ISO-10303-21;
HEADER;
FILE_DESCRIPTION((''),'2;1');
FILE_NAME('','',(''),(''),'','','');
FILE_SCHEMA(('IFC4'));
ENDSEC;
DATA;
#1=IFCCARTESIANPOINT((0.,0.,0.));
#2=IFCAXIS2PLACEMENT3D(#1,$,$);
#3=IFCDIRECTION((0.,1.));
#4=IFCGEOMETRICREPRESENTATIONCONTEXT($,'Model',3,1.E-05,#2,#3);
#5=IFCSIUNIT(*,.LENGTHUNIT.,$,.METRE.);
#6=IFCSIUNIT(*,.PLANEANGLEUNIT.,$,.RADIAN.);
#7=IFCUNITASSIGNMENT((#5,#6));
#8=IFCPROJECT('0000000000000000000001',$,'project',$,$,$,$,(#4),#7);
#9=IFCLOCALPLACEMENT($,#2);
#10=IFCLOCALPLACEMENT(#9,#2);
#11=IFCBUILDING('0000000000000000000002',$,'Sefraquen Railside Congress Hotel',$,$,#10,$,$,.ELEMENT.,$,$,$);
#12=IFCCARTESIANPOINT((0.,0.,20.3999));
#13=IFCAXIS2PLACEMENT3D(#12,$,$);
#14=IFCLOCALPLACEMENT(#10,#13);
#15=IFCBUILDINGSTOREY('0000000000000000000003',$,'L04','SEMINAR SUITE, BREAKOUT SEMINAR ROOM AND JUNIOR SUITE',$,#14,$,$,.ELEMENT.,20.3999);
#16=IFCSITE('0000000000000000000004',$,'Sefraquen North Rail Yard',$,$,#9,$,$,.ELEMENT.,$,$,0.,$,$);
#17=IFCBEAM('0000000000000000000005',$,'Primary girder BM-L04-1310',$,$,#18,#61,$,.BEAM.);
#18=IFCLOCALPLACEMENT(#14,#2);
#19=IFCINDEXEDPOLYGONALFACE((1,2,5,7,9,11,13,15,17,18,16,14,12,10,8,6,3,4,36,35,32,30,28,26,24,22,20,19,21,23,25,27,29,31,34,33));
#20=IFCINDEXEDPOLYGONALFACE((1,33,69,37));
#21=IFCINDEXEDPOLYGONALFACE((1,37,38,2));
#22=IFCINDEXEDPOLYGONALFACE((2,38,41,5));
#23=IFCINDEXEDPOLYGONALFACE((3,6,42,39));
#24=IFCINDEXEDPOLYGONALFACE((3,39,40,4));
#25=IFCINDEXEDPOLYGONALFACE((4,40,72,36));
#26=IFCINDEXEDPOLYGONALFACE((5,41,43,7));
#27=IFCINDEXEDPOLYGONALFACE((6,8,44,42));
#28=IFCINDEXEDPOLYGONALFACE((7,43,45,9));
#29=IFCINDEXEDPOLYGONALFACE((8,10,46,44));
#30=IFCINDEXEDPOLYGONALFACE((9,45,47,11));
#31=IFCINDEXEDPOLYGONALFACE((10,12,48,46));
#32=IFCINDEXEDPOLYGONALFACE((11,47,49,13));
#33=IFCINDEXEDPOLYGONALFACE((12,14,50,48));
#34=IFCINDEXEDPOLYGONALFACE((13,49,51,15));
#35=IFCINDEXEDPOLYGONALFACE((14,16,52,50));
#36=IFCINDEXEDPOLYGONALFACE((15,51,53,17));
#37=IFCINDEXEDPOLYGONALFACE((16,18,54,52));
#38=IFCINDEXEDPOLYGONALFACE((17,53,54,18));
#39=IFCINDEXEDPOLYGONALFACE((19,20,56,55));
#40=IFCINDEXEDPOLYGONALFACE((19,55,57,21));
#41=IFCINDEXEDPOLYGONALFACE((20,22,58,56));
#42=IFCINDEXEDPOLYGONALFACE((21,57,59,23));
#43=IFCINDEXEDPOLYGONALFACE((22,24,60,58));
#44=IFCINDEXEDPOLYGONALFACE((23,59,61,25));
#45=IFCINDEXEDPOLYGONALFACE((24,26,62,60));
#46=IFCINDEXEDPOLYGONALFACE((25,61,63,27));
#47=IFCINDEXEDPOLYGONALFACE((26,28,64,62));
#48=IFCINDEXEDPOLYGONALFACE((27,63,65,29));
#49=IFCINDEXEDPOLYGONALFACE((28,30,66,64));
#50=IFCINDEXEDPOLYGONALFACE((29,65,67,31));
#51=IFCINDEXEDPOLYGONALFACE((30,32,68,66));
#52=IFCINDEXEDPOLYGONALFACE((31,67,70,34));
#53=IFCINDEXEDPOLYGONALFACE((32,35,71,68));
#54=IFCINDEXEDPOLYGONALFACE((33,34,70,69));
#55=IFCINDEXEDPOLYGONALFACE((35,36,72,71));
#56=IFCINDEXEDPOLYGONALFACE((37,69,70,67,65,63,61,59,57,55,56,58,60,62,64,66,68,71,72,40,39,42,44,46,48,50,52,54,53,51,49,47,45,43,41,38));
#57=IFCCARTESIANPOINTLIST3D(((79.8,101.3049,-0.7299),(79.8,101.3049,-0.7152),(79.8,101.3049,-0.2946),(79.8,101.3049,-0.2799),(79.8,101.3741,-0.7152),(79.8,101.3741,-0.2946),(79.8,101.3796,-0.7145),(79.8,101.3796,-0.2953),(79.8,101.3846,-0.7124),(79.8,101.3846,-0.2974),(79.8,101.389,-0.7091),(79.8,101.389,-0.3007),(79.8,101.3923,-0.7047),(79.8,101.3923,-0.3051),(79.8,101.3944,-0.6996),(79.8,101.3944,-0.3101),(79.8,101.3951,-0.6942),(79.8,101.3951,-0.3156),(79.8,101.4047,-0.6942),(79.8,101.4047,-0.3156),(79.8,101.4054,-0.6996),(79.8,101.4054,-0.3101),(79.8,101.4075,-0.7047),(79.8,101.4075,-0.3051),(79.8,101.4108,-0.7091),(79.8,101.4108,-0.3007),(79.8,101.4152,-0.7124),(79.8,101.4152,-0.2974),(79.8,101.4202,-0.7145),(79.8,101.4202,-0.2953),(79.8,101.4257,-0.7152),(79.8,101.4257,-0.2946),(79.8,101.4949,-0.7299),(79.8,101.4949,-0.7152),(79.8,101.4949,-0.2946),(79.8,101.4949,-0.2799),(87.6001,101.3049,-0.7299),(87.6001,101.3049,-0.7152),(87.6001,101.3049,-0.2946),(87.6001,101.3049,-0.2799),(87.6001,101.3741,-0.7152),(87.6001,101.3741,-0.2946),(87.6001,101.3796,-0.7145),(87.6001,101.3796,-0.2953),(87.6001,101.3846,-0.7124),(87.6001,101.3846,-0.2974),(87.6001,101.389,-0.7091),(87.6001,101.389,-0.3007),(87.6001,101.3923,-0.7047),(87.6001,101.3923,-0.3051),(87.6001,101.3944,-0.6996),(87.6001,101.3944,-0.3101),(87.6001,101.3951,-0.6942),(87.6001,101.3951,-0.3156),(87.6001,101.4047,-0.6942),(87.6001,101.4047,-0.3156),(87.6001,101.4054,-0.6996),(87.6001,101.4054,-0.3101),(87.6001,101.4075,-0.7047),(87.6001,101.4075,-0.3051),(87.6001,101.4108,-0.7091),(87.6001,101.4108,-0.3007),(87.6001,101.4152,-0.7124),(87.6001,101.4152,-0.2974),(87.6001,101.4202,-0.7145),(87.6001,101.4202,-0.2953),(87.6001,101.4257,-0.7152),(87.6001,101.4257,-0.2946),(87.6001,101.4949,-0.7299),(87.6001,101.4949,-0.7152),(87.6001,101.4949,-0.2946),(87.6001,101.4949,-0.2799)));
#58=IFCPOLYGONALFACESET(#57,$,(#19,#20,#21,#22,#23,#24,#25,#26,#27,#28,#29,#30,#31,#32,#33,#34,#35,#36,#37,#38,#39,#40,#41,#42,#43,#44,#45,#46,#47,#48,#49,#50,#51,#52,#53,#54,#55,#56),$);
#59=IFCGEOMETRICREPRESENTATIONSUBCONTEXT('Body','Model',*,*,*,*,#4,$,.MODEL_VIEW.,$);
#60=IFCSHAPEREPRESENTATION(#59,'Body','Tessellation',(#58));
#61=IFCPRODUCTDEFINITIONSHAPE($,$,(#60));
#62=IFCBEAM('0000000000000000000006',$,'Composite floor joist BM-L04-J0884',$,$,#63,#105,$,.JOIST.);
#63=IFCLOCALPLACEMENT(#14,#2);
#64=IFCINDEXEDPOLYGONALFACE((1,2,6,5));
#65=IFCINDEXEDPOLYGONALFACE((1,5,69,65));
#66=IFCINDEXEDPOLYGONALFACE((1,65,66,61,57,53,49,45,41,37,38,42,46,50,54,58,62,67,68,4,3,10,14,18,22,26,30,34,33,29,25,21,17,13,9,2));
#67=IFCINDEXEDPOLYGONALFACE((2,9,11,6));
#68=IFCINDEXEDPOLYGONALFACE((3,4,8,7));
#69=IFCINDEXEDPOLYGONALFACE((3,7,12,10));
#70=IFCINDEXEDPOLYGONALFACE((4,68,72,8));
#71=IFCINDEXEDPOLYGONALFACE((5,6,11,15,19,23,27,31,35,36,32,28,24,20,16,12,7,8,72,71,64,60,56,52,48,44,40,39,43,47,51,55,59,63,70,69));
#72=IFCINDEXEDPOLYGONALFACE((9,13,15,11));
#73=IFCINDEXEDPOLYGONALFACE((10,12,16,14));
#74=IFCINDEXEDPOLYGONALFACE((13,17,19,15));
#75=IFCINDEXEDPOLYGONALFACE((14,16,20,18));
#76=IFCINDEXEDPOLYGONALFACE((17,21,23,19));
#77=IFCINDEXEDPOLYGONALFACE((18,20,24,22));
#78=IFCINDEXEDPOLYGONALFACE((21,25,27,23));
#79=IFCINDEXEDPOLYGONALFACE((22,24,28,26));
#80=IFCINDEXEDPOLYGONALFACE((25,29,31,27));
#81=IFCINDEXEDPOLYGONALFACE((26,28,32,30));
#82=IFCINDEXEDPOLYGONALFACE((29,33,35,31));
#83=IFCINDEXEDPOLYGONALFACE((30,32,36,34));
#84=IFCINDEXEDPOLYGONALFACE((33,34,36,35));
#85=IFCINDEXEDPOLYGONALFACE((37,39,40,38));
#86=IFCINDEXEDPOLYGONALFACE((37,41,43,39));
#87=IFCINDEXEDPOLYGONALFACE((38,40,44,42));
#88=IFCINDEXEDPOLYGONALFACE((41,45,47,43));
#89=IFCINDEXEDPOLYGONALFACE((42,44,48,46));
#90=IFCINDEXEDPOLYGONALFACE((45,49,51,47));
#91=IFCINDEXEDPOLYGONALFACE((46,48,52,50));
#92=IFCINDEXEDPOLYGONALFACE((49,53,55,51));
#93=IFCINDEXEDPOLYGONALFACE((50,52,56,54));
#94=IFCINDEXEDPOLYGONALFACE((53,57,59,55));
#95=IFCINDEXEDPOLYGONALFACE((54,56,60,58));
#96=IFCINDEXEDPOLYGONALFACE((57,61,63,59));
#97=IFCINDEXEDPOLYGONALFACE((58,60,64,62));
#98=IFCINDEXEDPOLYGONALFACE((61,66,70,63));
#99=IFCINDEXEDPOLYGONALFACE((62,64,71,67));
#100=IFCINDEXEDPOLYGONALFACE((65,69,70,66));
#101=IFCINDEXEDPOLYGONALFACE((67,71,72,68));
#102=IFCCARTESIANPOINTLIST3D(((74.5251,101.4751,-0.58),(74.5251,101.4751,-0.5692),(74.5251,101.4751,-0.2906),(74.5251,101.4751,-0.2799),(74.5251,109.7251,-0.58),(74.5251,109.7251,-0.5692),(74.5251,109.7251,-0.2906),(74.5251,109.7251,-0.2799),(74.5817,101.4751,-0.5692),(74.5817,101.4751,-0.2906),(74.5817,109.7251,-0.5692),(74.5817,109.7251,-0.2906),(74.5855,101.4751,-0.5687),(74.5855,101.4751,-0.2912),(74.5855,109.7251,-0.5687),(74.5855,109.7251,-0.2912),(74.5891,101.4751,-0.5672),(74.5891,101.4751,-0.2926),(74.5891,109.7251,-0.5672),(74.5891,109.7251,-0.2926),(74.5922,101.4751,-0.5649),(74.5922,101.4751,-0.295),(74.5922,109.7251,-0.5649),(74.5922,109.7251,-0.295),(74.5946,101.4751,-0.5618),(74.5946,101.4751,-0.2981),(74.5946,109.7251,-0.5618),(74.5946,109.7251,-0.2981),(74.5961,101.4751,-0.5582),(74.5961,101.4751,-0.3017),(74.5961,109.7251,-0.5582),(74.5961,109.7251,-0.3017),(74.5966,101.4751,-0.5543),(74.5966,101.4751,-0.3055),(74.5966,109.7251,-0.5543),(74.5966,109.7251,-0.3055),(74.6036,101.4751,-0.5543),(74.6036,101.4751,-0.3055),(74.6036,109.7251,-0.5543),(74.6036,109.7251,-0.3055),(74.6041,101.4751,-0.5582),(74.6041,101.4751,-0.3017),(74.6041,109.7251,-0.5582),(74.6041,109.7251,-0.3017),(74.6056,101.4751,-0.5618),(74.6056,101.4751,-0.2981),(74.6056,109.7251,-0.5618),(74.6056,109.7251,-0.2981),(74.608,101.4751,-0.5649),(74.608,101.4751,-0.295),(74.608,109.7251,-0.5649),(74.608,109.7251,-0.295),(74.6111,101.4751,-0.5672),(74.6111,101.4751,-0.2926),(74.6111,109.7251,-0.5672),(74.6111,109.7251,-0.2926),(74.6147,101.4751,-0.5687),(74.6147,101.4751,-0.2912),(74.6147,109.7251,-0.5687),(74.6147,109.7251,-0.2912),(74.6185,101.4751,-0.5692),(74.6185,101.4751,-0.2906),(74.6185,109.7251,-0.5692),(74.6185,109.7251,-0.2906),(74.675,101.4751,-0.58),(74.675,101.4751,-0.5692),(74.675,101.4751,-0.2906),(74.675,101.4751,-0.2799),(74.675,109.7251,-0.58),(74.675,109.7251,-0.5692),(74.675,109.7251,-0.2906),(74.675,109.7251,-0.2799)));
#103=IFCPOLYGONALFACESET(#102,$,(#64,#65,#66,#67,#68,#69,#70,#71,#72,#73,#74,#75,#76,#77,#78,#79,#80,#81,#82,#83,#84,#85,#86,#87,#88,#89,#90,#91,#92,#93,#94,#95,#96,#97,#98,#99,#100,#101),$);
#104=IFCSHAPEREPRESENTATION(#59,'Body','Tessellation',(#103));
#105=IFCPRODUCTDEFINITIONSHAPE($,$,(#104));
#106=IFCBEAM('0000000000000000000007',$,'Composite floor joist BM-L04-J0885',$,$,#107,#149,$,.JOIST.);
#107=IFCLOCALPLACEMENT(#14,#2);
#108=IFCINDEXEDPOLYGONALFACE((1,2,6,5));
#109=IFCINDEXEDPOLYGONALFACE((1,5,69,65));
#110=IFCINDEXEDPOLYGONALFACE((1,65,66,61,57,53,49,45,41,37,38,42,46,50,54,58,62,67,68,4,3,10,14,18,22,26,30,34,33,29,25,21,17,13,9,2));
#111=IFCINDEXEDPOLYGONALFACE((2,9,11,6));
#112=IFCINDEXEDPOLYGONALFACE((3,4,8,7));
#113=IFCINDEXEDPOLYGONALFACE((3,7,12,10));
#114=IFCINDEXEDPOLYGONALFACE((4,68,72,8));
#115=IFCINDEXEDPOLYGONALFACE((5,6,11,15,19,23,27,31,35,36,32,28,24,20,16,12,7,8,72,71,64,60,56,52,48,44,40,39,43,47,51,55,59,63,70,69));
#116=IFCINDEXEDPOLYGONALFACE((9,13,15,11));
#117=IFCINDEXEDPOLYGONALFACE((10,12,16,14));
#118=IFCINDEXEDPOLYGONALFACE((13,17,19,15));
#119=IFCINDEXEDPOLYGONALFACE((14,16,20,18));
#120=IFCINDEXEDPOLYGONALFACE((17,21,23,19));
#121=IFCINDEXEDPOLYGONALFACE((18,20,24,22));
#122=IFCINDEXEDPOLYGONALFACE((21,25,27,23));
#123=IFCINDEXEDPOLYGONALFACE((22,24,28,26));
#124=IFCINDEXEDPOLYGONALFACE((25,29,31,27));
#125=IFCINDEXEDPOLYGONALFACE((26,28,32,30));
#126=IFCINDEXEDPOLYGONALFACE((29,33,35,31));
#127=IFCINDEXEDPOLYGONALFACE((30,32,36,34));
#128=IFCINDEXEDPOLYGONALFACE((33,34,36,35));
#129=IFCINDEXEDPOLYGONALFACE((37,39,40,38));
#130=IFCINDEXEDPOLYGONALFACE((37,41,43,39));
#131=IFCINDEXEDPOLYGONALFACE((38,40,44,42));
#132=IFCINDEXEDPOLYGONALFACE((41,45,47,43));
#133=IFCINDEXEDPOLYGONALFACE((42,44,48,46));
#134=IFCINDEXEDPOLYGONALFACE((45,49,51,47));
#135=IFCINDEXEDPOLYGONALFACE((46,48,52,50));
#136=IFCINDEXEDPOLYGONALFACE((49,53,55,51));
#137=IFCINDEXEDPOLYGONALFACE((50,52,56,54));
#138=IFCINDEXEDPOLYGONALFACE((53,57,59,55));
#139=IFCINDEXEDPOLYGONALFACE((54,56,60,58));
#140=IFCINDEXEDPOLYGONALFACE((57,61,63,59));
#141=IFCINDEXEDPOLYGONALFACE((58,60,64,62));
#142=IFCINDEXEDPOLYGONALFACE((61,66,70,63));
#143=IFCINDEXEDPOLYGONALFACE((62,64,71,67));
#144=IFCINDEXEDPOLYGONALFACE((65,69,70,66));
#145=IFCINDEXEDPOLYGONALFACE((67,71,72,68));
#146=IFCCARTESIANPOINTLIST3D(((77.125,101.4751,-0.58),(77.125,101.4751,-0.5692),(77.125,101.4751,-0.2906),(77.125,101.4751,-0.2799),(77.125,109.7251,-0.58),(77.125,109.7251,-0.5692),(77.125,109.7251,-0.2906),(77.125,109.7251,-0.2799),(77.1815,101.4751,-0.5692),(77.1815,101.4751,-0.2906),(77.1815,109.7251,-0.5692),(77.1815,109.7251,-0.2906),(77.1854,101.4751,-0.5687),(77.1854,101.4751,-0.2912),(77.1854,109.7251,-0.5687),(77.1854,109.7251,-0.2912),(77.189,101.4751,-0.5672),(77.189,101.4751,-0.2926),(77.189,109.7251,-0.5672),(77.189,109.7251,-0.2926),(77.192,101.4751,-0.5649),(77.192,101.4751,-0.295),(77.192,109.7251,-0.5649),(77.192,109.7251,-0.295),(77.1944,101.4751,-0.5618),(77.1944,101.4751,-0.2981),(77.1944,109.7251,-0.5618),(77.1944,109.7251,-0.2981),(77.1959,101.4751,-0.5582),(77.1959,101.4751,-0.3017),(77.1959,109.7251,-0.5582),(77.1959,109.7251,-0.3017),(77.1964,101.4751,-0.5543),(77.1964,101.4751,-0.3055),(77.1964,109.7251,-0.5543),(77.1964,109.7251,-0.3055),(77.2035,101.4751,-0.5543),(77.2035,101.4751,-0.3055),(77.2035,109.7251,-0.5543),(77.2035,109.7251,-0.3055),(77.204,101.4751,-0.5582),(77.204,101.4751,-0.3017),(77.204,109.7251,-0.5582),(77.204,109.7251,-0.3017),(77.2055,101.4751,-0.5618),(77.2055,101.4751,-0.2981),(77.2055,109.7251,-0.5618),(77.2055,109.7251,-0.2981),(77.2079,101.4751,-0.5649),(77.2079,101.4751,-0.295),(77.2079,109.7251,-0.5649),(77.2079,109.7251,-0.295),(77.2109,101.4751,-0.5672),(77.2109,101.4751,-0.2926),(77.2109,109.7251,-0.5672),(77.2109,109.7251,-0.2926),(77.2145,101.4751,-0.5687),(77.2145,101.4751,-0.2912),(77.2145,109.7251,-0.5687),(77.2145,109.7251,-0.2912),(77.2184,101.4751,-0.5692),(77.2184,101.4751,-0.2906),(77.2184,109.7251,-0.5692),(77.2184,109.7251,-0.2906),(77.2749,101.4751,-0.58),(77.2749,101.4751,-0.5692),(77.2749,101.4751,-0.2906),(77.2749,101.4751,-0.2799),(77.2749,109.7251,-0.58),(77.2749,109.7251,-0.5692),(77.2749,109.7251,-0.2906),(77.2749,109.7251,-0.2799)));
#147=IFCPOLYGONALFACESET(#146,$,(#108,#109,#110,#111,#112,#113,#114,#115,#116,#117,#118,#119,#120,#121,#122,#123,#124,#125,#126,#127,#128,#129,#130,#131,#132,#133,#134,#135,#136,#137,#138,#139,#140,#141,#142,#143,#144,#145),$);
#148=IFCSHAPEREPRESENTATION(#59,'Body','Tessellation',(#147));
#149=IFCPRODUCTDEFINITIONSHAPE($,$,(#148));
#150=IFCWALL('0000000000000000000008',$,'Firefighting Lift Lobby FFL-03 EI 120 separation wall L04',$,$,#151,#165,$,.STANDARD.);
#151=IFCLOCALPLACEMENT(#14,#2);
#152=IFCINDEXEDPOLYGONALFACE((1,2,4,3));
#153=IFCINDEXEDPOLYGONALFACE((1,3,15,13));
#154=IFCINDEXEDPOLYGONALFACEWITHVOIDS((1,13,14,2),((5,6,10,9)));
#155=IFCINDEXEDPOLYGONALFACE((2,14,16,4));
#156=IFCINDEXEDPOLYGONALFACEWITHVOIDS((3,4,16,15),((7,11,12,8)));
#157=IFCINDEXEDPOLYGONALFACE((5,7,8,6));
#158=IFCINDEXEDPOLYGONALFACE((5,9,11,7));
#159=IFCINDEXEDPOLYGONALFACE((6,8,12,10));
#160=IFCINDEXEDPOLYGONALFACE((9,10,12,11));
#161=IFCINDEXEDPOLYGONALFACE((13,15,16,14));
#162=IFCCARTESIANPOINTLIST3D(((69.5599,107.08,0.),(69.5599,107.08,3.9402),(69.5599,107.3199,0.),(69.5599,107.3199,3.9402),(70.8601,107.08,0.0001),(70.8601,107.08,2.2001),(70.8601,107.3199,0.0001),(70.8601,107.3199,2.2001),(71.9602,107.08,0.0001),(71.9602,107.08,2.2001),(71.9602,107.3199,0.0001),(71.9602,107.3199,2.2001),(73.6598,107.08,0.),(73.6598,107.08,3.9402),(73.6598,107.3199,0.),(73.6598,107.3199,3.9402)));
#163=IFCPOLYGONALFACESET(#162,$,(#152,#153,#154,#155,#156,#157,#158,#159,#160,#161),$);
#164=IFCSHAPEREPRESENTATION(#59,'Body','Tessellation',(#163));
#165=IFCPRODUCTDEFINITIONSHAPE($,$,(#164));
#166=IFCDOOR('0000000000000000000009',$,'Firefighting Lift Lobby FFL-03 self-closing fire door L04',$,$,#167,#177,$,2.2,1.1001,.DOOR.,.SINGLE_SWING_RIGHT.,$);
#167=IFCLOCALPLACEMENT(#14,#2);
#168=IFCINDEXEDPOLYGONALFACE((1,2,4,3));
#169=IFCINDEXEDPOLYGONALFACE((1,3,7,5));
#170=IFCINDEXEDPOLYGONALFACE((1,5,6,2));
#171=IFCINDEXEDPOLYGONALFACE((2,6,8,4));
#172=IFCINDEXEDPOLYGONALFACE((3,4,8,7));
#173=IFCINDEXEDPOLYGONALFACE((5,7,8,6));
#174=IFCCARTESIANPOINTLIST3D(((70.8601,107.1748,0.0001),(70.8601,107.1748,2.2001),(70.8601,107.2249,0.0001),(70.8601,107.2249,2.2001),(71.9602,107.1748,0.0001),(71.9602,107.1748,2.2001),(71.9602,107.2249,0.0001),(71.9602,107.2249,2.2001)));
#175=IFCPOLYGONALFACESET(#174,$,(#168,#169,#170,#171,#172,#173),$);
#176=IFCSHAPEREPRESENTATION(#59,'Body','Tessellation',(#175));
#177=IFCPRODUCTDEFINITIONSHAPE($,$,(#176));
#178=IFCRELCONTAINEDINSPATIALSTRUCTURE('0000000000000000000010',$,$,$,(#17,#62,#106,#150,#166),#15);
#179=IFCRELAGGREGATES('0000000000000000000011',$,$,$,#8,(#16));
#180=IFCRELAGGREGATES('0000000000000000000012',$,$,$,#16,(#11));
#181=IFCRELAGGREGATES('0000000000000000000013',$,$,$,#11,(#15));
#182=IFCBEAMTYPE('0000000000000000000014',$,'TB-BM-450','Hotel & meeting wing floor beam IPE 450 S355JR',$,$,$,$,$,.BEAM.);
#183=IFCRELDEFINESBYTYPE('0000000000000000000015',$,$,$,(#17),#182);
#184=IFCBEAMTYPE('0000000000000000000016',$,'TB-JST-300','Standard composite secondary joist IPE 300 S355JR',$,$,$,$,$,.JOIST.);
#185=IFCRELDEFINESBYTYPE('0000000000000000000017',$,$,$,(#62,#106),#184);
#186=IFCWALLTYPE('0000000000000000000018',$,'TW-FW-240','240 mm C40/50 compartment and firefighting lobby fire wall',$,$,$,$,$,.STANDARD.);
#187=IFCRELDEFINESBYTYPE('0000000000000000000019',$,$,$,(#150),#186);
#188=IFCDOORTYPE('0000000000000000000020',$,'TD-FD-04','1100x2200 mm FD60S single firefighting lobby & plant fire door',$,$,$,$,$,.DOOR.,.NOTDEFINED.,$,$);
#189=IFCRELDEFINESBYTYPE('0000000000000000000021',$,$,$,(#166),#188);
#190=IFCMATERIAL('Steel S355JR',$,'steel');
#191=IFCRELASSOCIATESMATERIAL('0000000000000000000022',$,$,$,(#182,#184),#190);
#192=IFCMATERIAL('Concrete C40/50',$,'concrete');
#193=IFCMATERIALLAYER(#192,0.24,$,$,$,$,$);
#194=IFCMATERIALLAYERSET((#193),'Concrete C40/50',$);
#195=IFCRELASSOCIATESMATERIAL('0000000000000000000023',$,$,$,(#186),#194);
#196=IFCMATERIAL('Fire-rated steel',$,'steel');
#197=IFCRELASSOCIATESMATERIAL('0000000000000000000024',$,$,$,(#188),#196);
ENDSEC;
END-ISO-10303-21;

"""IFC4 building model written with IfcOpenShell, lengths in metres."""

from ifc_helpers import new_model, si_unit, direction, frame, frame_2d, origin, origin_2d, place, context, subcontext, project, spatial, rectangle, i_section, extrude, material, layer, layer_set, material_profile, profile_set, type_object, element, fill, save


model = new_model("IFC4")

# Units and contexts
model_context = context("Model", 3, precision=1e-05, world=origin(), true_north=direction((0.0, 1.0)))
body_context = subcontext(model_context, "Body", "Model", "MODEL_VIEW")
ifc_project = project(units=[si_unit("LENGTHUNIT", "METRE"), si_unit("PLANEANGLEUNIT", "RADIAN")], contexts=[model_context])

# Site, building, storey
site_placement = place(None, origin())
site = spatial("IfcSite", under=ifc_project, at=site_placement, Name="Sefraquen North Rail Yard", CompositionType="ELEMENT", RefElevation=0.0)
building_placement = place(site_placement, origin())
building = spatial("IfcBuilding", under=site, at=building_placement, Name="Sefraquen Railside Congress Hotel", CompositionType="ELEMENT")
storey_placement = place(building_placement, frame((0.0, 0.0, 20.3999)))
storey = spatial("IfcBuildingStorey", under=building, at=storey_placement, Name="L04", Description="SEMINAR SUITE, BREAKOUT SEMINAR ROOM AND JUNIOR SUITE", CompositionType="ELEMENT", Elevation=20.3999)

# Shared definitions
ifc_material_1 = material(Name="Steel S355JR", Category="steel")

# Beams
ifc_material_profile_1 = material_profile(ifc_material_1, i_section(OverallWidth=0.1899, OverallDepth=0.45, WebThickness=0.0095, FlangeThickness=0.0146, FilletRadius=0.021, at=origin_2d()), Name="IPE 450")
ifc_profile_set_1 = profile_set([ifc_material_profile_1], Name="Steel S355JR")
beam_type_1 = type_object("IfcBeamType", Name="TB-BM-450", Description="Hotel & meeting wing floor beam IPE 450 S355JR", PredefinedType="BEAM", material=ifc_profile_set_1)
for number, where, z_axis, x_axis, name in (
    (1, (79.8, 101.3999, -0.5049), (1.0, 0.0, 0.0), (0.0, 1.0, 0.0), "Primary girder BM-L04-1310"),
):
    element("IfcBeam", number, at=place(storey_placement, frame(where, z_axis=z_axis, x_axis=x_axis)), inside=storey, type_object=beam_type_1, Name=name, PredefinedType="BEAM", context=body_context, shape_type="SweptSolid", body=[
        extrude(i_section(OverallWidth=0.1899, OverallDepth=0.45, WebThickness=0.0095, FlangeThickness=0.0146, FilletRadius=0.021, at=origin_2d()), origin(), (0.0, 0.0, 1.0), 7.8),
    ])
ifc_material_profile_2 = material_profile(ifc_material_1, i_section(OverallWidth=0.1499, OverallDepth=0.3, WebThickness=0.0071, FlangeThickness=0.0107, FilletRadius=0.0149, at=origin_2d()), Name="IPE 300")
ifc_profile_set_2 = profile_set([ifc_material_profile_2], Name="Steel S355JR")
beam_type_2 = type_object("IfcBeamType", Name="TB-JST-300", Description="Standard composite secondary joist IPE 300 S355JR", PredefinedType="JOIST", material=ifc_profile_set_2)
for number, where, z_axis, x_axis, name in (
    (2, (74.6001, 101.4751, -0.4299), (0.0, 1.0, 0.0), (-1.0, 0.0, 0.0), "Composite floor joist BM-L04-J0884"),
    (3, (77.2, 101.4751, -0.4299), (0.0, 1.0, 0.0), (-1.0, 0.0, 0.0), "Composite floor joist BM-L04-J0885"),
):
    element("IfcBeam", number, at=place(storey_placement, frame(where, z_axis=z_axis, x_axis=x_axis)), inside=storey, type_object=beam_type_2, Name=name, PredefinedType="JOIST", context=body_context, shape_type="SweptSolid", body=[
        extrude(i_section(OverallWidth=0.1499, OverallDepth=0.3, WebThickness=0.0071, FlangeThickness=0.0107, FilletRadius=0.0149, at=origin_2d()), origin(), (0.0, 0.0, 1.0), 8.25),
    ])

# Wall, opening, door
ifc_material_2 = material(Name="Concrete C40/50", Category="concrete")
ifc_layer_1 = layer(ifc_material_2, 0.24)
ifc_layer_set_1 = layer_set([ifc_layer_1], Name="Concrete C40/50")
wall_type_1 = type_object("IfcWallType", Name="TW-FW-240", Description="240 mm C40/50 compartment and firefighting lobby fire wall", PredefinedType="STANDARD", material=ifc_layer_set_1)
wall_1_placement = place(storey_placement, frame((69.5601, 107.2, 0.0), z_axis=(0.0, 0.0, 1.0), x_axis=(1.0, 0.0, 0.0)))
wall_1 = element("IfcWall", 4, at=wall_1_placement, inside=storey, type_object=wall_type_1, Name="Firefighting Lift Lobby FFL-03 EI 120 separation wall L04", PredefinedType="STANDARD", context=body_context, shape_type="SweptSolid", body=[
    extrude(rectangle(XDim=4.0999, YDim=0.24, at=frame_2d((2.0498, 0.0))), origin(), (0.0, 0.0, 1.0), 3.9402),
])
opening_1_placement = place(wall_1_placement, frame((1.3, 0.0, 0.0)))
opening_1 = element("IfcOpeningElement", 5, at=opening_1_placement, cuts=wall_1, PredefinedType="OPENING", context=body_context, shape_type="SweptSolid", body=[
    extrude(rectangle(XDim=1.1001, YDim=2.2, at=frame_2d((0.55, 1.1001))), frame((0.0, 0.1299, 0.0), z_axis=(0.0, -1.0, 0.0), x_axis=(1.0, 0.0, 0.0)), (0.0, 0.0, 1.0), 0.26),
])
ifc_material_3 = material(Name="Fire-rated steel", Category="steel")
door_type_1 = type_object("IfcDoorType", Name="TD-FD-04", Description="1100x2200 mm FD60S single firefighting lobby & plant fire door", OperationType="NOTDEFINED", PredefinedType="DOOR", material=ifc_material_3)
door_1_placement = place(opening_1_placement, origin())
door_1 = element("IfcDoor", 6, at=door_1_placement, inside=storey, type_object=door_type_1, Name="Firefighting Lift Lobby FFL-03 self-closing fire door L04", OperationType="SINGLE_SWING_RIGHT", OverallHeight=2.2, OverallWidth=1.1001, PredefinedType="DOOR", context=body_context, shape_type="SweptSolid", body=[
    extrude(rectangle(XDim=1.1001, YDim=2.2, at=frame_2d((0.55, 1.1001))), frame((0.0, 0.0249, 0.0), z_axis=(0.0, -1.0, 0.0), x_axis=(1.0, 0.0, 0.0)), (0.0, 0.0, 1.0), 0.05),
])
fill(opening_1, door_1)

save(model, "model.ifc")
